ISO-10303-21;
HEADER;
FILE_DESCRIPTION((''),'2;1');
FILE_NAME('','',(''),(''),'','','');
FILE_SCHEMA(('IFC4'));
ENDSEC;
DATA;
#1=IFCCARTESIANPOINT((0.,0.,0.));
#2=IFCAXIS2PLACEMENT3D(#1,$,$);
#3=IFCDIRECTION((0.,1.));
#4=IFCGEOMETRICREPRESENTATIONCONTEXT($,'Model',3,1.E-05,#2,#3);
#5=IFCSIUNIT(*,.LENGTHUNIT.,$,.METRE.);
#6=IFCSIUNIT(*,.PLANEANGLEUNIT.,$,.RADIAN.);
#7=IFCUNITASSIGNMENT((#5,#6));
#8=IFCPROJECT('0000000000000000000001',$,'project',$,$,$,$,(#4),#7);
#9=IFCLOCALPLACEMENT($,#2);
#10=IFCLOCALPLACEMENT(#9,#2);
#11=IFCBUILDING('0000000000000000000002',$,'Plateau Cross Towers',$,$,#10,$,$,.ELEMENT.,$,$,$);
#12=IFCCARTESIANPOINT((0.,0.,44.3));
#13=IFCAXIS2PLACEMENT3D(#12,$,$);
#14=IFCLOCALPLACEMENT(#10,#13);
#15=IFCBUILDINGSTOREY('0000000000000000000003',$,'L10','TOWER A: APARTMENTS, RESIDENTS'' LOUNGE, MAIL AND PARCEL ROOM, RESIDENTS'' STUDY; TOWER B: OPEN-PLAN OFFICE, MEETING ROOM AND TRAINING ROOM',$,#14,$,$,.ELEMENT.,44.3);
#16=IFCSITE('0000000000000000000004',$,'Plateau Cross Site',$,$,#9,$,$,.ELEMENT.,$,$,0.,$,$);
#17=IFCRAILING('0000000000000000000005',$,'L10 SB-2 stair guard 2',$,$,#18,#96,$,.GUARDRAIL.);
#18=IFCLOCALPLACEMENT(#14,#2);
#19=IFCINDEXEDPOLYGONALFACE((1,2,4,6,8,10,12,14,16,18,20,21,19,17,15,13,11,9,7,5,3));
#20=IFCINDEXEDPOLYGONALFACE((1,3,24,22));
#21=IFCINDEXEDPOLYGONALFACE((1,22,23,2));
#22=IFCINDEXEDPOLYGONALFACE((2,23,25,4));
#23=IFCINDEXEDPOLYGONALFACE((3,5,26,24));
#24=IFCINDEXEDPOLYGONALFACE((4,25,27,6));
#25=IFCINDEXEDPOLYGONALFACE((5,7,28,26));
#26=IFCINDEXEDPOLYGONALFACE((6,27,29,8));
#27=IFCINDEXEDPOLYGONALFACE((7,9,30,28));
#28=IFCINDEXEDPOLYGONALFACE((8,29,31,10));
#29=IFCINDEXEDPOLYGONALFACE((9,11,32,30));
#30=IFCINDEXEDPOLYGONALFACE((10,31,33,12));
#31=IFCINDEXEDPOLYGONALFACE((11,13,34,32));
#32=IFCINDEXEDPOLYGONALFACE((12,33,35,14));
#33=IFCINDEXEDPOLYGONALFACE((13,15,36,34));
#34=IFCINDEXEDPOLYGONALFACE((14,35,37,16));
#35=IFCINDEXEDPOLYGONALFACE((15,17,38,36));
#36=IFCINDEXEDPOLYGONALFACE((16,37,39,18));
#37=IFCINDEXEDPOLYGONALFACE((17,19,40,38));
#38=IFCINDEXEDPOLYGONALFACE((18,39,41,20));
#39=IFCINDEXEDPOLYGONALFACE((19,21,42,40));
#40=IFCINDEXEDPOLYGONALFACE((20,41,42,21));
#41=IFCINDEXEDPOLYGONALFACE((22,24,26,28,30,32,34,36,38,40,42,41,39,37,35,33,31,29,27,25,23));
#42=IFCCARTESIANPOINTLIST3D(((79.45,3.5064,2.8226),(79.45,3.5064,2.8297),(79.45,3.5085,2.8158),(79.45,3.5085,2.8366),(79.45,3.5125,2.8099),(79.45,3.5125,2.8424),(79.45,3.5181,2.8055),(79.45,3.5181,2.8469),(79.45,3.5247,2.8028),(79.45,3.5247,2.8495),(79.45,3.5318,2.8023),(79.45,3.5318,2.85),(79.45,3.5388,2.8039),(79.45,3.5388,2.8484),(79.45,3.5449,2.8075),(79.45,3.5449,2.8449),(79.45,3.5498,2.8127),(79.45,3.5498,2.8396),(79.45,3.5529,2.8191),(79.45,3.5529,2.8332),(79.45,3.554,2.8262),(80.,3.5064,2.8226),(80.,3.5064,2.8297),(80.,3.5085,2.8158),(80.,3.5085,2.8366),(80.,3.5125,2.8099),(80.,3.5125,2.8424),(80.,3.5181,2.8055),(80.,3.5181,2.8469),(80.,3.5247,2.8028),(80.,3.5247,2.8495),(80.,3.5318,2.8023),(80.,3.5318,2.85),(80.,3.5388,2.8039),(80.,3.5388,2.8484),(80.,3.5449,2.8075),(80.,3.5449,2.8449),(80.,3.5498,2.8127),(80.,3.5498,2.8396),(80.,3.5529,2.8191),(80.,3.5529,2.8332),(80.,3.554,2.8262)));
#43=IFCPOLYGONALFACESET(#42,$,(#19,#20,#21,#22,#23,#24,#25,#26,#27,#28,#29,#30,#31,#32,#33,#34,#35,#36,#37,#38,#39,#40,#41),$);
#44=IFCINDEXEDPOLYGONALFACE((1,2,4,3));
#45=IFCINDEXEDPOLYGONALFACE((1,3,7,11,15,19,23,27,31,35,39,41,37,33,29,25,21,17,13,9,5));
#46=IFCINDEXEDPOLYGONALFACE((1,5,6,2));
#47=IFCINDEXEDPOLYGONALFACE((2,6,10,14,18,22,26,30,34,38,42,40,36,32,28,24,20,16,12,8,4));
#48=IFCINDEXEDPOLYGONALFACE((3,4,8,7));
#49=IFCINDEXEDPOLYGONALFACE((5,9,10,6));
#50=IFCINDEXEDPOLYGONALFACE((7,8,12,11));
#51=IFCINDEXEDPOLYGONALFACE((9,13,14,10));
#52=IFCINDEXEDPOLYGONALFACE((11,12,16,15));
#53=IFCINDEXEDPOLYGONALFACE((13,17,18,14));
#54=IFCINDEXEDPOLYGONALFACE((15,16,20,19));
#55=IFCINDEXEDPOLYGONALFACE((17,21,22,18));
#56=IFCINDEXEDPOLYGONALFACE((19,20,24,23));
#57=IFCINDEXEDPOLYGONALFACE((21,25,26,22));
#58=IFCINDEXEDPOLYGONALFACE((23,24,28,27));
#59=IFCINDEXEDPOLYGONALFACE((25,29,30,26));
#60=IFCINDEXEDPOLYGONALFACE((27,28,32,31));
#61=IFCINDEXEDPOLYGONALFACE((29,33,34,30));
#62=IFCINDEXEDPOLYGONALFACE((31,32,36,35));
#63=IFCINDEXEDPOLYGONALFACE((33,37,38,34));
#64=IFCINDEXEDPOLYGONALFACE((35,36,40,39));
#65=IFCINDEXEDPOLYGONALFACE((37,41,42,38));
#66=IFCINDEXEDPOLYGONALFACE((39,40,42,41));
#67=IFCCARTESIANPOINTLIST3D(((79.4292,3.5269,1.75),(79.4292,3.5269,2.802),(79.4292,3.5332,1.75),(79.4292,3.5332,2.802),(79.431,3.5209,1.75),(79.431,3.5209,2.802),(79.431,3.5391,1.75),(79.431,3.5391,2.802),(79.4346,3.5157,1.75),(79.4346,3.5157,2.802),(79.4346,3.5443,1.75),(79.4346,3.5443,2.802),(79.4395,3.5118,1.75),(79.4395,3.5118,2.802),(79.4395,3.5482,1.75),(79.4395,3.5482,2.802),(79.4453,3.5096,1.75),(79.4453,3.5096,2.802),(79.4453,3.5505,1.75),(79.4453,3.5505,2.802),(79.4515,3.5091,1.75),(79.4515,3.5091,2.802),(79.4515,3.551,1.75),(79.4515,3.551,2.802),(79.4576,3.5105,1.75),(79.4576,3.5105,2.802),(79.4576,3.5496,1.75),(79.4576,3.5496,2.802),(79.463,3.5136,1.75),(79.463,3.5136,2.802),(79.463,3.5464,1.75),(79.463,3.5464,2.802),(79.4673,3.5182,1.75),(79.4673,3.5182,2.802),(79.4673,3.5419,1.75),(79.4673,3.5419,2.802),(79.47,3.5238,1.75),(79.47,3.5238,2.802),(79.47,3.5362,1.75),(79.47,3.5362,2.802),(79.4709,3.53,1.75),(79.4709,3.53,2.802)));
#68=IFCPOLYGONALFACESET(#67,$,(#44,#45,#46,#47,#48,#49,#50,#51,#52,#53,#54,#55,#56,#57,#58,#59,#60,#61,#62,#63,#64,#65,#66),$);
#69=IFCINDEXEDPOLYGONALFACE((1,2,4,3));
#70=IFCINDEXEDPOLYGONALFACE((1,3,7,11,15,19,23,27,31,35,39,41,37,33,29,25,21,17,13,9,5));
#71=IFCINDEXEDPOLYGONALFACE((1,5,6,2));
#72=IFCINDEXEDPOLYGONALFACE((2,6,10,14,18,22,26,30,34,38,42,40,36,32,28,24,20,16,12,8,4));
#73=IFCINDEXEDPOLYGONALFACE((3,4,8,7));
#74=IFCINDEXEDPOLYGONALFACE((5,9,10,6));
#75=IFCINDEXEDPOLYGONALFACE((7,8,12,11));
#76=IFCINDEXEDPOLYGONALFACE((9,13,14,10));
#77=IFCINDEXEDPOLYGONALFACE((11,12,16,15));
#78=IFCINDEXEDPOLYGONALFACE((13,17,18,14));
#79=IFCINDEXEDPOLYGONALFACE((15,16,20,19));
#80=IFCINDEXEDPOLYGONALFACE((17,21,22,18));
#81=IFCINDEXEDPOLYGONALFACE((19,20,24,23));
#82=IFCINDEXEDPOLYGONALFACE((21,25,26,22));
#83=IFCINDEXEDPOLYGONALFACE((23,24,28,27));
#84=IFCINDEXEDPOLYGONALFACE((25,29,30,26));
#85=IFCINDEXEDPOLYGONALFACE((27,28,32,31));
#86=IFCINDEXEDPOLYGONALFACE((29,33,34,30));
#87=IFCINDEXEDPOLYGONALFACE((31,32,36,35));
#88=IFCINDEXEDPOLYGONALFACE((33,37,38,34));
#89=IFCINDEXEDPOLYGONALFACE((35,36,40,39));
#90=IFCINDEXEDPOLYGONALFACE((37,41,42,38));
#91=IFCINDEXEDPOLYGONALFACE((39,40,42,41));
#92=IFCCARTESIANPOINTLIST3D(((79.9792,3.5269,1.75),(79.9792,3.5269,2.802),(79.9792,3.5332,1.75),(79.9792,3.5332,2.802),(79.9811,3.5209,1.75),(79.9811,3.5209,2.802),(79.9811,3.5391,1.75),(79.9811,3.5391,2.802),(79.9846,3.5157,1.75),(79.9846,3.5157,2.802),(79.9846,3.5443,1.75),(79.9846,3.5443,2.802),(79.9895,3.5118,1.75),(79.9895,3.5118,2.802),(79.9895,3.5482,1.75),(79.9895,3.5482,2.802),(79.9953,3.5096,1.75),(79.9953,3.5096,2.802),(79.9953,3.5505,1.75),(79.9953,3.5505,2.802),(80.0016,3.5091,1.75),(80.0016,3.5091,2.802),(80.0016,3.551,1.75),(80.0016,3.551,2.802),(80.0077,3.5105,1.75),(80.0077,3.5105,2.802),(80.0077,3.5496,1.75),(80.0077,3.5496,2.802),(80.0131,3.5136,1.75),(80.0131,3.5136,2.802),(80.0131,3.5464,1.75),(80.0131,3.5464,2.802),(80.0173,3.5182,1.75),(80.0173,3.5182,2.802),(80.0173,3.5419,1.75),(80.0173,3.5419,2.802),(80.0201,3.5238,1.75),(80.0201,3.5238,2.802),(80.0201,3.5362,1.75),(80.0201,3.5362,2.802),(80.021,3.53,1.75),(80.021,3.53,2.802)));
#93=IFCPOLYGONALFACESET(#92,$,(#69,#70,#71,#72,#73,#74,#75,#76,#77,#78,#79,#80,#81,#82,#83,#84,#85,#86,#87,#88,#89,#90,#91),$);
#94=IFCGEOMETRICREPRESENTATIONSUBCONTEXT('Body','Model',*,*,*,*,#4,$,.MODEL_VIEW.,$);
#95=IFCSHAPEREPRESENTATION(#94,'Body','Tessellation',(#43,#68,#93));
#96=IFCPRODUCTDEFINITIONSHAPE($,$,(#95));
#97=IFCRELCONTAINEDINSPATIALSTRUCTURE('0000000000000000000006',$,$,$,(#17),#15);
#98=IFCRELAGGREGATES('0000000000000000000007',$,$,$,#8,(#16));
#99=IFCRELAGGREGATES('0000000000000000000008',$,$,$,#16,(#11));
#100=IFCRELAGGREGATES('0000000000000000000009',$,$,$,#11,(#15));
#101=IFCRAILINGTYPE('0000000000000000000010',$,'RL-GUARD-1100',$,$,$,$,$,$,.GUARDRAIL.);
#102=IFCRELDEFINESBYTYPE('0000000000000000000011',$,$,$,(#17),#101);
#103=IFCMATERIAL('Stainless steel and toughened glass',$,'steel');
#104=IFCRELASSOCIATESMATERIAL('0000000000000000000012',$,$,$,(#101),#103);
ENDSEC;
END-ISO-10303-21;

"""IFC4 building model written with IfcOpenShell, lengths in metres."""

from ifc_helpers import new_model, si_unit, direction, frame, origin, origin_2d, place, context, subcontext, project, spatial, circle, extrude, material, type_object, element, save


model = new_model("IFC4")

# Units and contexts
model_context = context("Model", 3, precision=1e-05, world=origin(), true_north=direction((0.0, 1.0)))
body_context = subcontext(model_context, "Body", "Model", "MODEL_VIEW")
ifc_project = project(units=[si_unit("LENGTHUNIT", "METRE"), si_unit("PLANEANGLEUNIT", "RADIAN")], contexts=[model_context])

# Site, building, storey
site_placement = place(None, origin())
site = spatial("IfcSite", under=ifc_project, at=site_placement, Name="Plateau Cross Site", CompositionType="ELEMENT", RefElevation=0.0)
building_placement = place(site_placement, origin())
building = spatial("IfcBuilding", under=site, at=building_placement, Name="Plateau Cross Towers", CompositionType="ELEMENT")
storey_placement = place(building_placement, frame((0.0, 0.0, 44.3)))
storey = spatial("IfcBuildingStorey", under=building, at=storey_placement, Name="L10", Description="TOWER A: APARTMENTS, RESIDENTS' LOUNGE, MAIL AND PARCEL ROOM, RESIDENTS' STUDY; TOWER B: OPEN-PLAN OFFICE, MEETING ROOM AND TRAINING ROOM", CompositionType="ELEMENT", Elevation=44.3)

# Railing
ifc_material_1 = material(Name="Stainless steel and toughened glass", Category="steel")
railing_type_1 = type_object("IfcRailingType", Name="RL-GUARD-1100", PredefinedType="GUARDRAIL", material=ifc_material_1)
railing_1_placement = place(storey_placement, frame((79.45, 3.53, 1.75)))
element("IfcRailing", 1, at=railing_1_placement, inside=storey, type_object=railing_type_1, Name="L10 SB-2 stair guard 2", PredefinedType="GUARDRAIL", context=body_context, shape_type="SweptSolid", body=[
    extrude(circle(Radius=0.0239, at=origin_2d()), frame((0.0, 0.0, 1.0762), z_axis=(1.0, 0.0, 0.0), x_axis=(0.0, 1.0, 0.0)), (0.0, 0.0, 1.0), 0.55),
    extrude(circle(Radius=0.021, at=origin_2d()), origin(), (0.0, 0.0, 1.0), 1.052),
    extrude(circle(Radius=0.021, at=origin_2d()), frame((0.55, 0.0, 0.0)), (0.0, 0.0, 1.0), 1.052),
])

save(model, "model.ifc")
